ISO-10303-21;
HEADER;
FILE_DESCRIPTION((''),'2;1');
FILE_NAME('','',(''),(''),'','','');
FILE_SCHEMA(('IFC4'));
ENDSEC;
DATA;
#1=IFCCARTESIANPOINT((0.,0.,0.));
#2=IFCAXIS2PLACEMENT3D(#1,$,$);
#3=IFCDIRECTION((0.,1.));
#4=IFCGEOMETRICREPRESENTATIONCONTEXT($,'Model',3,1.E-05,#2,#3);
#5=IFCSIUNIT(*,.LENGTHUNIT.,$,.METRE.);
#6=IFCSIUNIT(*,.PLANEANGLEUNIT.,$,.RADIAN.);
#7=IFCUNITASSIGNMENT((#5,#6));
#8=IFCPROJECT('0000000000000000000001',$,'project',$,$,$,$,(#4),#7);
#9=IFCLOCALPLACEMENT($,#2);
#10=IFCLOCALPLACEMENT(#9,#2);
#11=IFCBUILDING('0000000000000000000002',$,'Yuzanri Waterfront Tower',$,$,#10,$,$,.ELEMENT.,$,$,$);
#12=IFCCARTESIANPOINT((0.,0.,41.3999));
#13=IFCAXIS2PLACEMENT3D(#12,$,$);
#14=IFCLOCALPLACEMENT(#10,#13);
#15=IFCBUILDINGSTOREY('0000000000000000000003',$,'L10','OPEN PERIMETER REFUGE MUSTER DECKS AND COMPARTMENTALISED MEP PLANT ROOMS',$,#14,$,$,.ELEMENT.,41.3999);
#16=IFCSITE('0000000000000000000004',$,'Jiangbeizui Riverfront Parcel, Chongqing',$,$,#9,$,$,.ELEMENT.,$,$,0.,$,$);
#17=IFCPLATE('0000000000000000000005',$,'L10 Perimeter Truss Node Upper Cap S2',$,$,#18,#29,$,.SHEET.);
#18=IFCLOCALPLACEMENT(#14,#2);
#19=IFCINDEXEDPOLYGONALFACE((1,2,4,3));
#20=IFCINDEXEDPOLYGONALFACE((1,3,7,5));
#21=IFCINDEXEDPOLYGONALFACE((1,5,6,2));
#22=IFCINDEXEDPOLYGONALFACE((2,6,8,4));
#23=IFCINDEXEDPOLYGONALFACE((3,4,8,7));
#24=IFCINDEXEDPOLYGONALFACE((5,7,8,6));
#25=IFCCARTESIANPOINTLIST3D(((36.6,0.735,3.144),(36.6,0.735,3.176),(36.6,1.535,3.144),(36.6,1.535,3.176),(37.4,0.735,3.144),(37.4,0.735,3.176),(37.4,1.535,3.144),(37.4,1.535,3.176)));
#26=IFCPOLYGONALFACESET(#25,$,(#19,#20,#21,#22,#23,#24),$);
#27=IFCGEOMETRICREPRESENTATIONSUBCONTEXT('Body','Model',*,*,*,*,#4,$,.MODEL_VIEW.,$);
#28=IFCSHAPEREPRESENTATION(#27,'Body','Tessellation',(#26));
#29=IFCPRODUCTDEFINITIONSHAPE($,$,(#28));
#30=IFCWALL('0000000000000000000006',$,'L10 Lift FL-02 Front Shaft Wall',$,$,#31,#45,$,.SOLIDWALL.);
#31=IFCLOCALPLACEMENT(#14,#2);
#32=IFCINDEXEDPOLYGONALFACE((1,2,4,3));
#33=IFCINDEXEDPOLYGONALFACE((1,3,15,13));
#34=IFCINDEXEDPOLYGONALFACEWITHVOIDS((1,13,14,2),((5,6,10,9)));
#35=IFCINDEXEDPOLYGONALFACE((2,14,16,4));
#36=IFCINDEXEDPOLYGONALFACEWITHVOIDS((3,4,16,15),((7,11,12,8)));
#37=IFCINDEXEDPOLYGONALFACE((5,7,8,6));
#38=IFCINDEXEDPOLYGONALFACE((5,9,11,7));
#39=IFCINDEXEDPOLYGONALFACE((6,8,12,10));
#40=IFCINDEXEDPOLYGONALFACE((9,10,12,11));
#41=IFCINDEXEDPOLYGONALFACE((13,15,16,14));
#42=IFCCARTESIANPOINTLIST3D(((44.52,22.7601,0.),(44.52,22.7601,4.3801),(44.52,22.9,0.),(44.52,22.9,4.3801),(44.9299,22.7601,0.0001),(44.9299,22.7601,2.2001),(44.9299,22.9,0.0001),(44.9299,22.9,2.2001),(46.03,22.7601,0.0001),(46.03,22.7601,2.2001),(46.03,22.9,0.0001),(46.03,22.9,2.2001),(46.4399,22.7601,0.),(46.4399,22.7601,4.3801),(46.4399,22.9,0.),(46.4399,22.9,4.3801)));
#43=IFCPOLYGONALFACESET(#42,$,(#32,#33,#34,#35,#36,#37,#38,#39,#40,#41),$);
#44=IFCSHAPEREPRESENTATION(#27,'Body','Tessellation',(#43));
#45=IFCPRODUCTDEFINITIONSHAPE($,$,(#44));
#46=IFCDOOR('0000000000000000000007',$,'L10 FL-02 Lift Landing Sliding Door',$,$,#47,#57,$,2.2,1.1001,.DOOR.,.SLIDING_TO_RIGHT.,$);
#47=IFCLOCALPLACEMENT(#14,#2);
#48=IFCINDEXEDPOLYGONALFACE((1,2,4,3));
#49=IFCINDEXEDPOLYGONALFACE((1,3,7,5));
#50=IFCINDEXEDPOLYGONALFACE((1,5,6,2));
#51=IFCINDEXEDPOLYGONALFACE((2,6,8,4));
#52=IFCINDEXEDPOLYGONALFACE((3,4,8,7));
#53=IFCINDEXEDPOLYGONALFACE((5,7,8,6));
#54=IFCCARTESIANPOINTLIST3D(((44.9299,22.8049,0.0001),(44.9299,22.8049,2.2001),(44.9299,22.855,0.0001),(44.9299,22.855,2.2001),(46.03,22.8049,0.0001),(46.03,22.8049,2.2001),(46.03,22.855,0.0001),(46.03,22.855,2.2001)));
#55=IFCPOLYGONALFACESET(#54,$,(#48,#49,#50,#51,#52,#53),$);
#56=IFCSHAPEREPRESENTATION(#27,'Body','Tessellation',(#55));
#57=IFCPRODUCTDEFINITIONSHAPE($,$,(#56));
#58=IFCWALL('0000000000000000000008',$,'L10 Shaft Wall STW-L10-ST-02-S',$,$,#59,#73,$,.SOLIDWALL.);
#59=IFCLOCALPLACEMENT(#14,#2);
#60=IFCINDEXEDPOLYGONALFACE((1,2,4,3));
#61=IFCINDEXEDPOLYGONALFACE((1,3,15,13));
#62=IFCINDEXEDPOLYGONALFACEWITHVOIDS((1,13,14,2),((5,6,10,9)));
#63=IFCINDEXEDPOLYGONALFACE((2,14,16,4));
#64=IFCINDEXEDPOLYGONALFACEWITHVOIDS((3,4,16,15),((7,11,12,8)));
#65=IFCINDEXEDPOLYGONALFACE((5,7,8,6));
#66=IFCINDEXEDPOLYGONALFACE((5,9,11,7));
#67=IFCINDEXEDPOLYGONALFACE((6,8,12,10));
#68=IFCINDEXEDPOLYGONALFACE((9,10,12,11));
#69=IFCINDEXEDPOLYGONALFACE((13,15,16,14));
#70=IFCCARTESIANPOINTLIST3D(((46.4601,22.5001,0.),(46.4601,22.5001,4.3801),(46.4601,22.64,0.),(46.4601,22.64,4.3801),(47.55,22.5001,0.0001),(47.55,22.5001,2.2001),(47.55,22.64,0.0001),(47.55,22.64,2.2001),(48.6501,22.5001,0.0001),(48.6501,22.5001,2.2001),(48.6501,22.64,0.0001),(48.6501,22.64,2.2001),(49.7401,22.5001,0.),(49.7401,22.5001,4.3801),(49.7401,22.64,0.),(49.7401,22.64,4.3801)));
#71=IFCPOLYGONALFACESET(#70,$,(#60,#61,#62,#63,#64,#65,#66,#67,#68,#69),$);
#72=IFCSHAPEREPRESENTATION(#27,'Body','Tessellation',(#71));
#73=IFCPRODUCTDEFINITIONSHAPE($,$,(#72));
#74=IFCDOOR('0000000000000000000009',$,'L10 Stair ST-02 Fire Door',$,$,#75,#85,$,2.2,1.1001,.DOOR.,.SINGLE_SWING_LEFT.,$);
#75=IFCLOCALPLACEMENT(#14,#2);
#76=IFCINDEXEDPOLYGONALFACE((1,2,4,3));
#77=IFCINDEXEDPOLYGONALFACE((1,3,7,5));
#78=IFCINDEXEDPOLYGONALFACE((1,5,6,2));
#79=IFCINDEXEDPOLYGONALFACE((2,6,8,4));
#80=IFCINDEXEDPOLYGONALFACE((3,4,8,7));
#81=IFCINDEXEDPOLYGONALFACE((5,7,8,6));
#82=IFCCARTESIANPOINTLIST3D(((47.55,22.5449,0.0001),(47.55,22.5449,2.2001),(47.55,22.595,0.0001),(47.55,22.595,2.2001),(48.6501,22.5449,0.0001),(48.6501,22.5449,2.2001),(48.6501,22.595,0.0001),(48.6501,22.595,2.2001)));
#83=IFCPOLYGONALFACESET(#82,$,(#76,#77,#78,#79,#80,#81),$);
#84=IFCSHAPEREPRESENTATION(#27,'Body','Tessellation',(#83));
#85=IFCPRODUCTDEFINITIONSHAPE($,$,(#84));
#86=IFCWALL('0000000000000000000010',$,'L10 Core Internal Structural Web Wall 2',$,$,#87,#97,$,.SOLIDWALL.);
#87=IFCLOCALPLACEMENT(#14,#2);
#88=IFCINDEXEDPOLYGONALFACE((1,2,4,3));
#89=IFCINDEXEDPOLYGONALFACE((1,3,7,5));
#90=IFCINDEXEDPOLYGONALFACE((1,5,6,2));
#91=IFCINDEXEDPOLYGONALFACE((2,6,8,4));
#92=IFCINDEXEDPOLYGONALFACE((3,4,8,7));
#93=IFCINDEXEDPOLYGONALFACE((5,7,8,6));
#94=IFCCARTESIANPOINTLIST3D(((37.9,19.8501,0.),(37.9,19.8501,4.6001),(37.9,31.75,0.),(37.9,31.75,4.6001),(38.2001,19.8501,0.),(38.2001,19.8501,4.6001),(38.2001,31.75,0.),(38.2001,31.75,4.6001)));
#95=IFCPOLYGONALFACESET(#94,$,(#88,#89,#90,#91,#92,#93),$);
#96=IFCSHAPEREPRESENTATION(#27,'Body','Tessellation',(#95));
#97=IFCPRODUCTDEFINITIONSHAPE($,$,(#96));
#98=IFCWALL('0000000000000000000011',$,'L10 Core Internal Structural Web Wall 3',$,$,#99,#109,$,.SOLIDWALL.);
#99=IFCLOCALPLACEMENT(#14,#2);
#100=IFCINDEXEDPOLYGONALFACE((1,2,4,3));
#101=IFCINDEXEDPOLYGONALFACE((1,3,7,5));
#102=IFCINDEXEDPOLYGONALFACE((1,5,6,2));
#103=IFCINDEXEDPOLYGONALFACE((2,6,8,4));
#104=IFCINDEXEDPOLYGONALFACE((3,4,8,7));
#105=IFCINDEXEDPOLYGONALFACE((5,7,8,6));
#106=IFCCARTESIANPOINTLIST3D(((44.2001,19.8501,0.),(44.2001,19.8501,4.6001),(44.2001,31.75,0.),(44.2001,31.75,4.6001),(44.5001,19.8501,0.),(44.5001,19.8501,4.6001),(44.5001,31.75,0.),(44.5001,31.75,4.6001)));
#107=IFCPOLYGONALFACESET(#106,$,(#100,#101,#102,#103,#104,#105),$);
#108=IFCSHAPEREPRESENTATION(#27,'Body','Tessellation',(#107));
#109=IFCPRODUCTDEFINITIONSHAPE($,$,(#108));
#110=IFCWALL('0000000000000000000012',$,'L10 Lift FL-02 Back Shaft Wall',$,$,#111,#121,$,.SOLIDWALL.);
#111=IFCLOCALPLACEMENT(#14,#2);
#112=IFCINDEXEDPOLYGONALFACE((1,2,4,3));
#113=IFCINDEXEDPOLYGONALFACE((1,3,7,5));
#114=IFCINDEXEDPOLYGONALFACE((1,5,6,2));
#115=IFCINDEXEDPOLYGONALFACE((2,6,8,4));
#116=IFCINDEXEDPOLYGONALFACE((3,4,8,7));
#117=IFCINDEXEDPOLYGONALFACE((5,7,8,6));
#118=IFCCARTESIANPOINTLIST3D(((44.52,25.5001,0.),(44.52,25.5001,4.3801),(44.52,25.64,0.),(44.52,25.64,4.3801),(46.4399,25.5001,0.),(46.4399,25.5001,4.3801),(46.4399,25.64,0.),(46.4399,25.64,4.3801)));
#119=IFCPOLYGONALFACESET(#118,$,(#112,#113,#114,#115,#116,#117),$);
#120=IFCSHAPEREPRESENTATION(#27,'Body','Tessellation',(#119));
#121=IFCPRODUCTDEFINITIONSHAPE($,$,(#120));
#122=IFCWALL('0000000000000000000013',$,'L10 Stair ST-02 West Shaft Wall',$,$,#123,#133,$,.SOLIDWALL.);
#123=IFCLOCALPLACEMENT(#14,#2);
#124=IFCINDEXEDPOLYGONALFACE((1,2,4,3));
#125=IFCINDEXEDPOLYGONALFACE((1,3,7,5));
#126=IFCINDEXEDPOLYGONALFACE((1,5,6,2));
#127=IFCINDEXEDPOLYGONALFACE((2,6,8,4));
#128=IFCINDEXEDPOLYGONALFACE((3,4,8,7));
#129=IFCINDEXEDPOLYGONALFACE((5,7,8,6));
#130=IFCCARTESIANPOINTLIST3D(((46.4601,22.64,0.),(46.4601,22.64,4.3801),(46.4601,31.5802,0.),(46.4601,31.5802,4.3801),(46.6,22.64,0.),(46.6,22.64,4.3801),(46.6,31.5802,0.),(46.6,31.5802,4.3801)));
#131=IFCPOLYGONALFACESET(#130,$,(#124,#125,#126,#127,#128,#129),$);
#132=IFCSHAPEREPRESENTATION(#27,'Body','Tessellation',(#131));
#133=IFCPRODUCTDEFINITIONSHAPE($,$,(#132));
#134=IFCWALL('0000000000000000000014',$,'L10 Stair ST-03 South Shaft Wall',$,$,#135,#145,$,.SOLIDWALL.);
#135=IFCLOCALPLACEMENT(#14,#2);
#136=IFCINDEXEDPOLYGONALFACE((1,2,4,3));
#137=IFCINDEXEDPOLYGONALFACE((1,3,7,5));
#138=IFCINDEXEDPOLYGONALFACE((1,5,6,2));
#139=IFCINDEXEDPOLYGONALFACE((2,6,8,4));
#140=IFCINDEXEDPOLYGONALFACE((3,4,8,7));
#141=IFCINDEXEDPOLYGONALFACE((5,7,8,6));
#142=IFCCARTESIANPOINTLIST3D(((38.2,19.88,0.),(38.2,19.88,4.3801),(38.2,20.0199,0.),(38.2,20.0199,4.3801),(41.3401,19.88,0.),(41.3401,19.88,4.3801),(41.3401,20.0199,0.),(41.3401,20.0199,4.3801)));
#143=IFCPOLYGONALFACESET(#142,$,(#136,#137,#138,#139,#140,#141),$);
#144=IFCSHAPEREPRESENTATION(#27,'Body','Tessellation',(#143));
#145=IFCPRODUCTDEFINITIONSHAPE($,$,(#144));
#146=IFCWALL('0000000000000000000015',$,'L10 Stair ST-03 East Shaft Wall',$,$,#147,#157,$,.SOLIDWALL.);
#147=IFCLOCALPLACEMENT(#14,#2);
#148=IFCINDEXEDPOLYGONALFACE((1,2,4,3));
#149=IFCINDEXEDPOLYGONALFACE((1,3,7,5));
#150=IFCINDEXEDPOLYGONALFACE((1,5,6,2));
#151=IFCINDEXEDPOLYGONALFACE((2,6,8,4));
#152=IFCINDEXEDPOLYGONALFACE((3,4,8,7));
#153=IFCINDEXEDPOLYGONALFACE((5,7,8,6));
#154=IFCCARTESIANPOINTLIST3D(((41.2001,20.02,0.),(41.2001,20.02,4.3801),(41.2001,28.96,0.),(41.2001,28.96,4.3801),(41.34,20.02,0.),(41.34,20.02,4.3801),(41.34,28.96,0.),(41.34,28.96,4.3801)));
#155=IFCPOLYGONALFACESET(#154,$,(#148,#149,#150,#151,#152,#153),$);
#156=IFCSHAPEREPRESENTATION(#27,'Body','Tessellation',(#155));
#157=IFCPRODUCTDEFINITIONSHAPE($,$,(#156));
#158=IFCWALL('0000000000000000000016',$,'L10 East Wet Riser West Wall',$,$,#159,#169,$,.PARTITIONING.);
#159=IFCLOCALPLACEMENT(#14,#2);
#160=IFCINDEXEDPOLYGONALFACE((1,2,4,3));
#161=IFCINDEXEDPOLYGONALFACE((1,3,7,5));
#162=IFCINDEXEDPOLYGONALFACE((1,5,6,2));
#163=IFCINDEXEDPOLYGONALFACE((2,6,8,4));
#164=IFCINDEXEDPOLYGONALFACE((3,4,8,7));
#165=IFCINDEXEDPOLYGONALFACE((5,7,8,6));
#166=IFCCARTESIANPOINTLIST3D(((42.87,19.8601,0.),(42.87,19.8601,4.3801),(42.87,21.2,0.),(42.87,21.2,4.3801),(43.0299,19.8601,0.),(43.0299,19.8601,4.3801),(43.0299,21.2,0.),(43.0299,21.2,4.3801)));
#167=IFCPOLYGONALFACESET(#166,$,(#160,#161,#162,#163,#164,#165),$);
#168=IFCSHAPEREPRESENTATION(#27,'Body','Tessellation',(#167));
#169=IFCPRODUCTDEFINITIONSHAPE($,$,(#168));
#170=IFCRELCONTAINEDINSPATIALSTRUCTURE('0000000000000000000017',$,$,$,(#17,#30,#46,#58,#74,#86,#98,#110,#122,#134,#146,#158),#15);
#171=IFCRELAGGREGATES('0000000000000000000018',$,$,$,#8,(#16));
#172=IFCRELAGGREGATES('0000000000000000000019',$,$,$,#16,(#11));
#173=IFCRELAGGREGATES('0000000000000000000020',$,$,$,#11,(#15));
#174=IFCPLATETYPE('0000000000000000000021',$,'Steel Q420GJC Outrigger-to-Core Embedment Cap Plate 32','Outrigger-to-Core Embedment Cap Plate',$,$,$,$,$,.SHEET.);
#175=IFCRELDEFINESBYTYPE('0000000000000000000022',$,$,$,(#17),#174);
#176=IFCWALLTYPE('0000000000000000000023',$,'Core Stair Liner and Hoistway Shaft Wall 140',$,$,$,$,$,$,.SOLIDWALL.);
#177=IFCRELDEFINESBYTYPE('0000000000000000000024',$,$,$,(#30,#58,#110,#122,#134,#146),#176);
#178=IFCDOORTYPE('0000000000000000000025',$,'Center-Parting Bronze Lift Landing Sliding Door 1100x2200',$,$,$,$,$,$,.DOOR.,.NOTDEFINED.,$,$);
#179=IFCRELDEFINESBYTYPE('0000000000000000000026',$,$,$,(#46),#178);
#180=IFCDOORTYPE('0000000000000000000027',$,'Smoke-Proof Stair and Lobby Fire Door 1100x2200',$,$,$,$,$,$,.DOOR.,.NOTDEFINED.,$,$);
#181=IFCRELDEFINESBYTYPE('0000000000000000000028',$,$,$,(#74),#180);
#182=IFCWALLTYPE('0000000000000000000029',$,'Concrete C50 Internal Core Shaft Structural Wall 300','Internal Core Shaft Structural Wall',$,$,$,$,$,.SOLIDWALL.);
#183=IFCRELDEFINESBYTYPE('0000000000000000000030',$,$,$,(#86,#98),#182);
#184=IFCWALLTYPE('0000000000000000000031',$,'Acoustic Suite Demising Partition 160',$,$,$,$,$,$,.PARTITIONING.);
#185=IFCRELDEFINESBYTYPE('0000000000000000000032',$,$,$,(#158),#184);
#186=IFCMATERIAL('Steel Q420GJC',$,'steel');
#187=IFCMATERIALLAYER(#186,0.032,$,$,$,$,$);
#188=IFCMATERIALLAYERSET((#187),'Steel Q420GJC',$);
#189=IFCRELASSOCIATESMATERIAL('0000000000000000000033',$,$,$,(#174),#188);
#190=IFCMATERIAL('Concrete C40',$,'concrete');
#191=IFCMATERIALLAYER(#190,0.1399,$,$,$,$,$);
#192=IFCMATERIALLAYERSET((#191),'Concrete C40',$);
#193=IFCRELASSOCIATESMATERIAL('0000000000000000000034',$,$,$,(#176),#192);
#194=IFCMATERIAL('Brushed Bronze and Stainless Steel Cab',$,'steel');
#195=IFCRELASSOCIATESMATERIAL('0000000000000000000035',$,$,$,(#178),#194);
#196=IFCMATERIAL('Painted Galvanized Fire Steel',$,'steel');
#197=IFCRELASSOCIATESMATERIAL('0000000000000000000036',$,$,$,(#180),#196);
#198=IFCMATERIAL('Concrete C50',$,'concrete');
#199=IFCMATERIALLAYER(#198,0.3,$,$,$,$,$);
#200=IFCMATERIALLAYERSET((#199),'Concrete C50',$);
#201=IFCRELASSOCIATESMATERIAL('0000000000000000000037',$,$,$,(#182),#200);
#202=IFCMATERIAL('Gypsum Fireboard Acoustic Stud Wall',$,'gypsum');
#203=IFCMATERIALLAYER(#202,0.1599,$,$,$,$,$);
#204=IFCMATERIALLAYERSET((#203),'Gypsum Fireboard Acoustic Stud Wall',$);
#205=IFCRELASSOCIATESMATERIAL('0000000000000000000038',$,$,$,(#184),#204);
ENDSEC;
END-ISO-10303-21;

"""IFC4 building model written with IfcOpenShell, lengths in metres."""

from ifc_helpers import new_model, si_unit, direction, frame, frame_2d, origin, origin_2d, place, context, subcontext, project, spatial, rectangle, extrude, source, transform, mapped, material, layer, layer_set, type_object, element, fill, save


model = new_model("IFC4")

# Units and contexts
model_context = context("Model", 3, precision=1e-05, world=origin(), true_north=direction((0.0, 1.0)))
body_context = subcontext(model_context, "Body", "Model", "MODEL_VIEW")
ifc_project = project(units=[si_unit("LENGTHUNIT", "METRE"), si_unit("PLANEANGLEUNIT", "RADIAN")], contexts=[model_context])

# Site, building, storey
site_placement = place(None, origin())
site = spatial("IfcSite", under=ifc_project, at=site_placement, Name="Jiangbeizui Riverfront Parcel, Chongqing", CompositionType="ELEMENT", RefElevation=0.0)
building_placement = place(site_placement, origin())
building = spatial("IfcBuilding", under=site, at=building_placement, Name="Yuzanri Waterfront Tower", CompositionType="ELEMENT")
storey_placement = place(building_placement, frame((0.0, 0.0, 41.3999)))
storey = spatial("IfcBuildingStorey", under=building, at=storey_placement, Name="L10", Description="OPEN PERIMETER REFUGE MUSTER DECKS AND COMPARTMENTALISED MEP PLANT ROOMS", CompositionType="ELEMENT", Elevation=41.3999)

# Plate
ifc_material_1 = material(Name="Steel Q420GJC", Category="steel")
ifc_layer_1 = layer(ifc_material_1, 0.032)
ifc_layer_set_1 = layer_set([ifc_layer_1], Name="Steel Q420GJC")
plate_type = type_object("IfcPlateType", Name="Steel Q420GJC Outrigger-to-Core Embedment Cap Plate 32", Description="Outrigger-to-Core Embedment Cap Plate", PredefinedType="SHEET", material=ifc_layer_set_1)
shared_shape_1 = source(origin(), body_context, "Body", "SweptSolid", [
    extrude(rectangle(XDim=0.8, YDim=0.8, at=origin_2d()), origin(), (0.0, 0.0, 1.0), 0.032),
])
for number, where, z_axis, x_axis, name in (
    (1, (37.0, 1.135, 3.144), (0.0, 0.0, 1.0), (1.0, 0.0, 0.0), "L10 Perimeter Truss Node Upper Cap S2"),
):
    element("IfcPlate", number, at=place(storey_placement, frame(where, z_axis=z_axis, x_axis=x_axis)), inside=storey, type_object=plate_type, Name=name, PredefinedType="SHEET", context=body_context, shape_type="MappedRepresentation", body=[
        mapped(shared_shape_1, transform((0.0, 0.0, 0.0), scale=1.0)),
    ])

# Walls, openings, doors
ifc_material_2 = material(Name="Concrete C40", Category="concrete")
ifc_layer_2 = layer(ifc_material_2, 0.1399)
ifc_layer_set_2 = layer_set([ifc_layer_2], Name="Concrete C40")
wall_type_1 = type_object("IfcWallType", Name="Core Stair Liner and Hoistway Shaft Wall 140", PredefinedType="SOLIDWALL", material=ifc_layer_set_2)
wall_1_placement = place(storey_placement, frame((44.52, 22.8301, 0.0), z_axis=(0.0, 0.0, 1.0), x_axis=(1.0, 0.0, 0.0)))
wall_1 = element("IfcWall", 2, at=wall_1_placement, inside=storey, type_object=wall_type_1, Name="L10 Lift FL-02 Front Shaft Wall", PredefinedType="SOLIDWALL", context=body_context, shape_type="SweptSolid", body=[
    extrude(rectangle(XDim=1.9199, YDim=0.1399, at=frame_2d((0.96, 0.0))), origin(), (0.0, 0.0, 1.0), 4.3801),
])
opening_1_placement = place(wall_1_placement, frame((0.4099, 0.0, 0.0)))
opening_1 = element("IfcOpeningElement", 3, at=opening_1_placement, cuts=wall_1, PredefinedType="OPENING", context=body_context, shape_type="SweptSolid", body=[
    extrude(rectangle(XDim=1.1001, YDim=2.2, at=frame_2d((0.55, 1.1001))), frame((0.0, 0.085, 0.0), z_axis=(0.0, -1.0, 0.0), x_axis=(1.0, 0.0, 0.0)), (0.0, 0.0, 1.0), 0.1697),
])
ifc_material_3 = material(Name="Brushed Bronze and Stainless Steel Cab", Category="steel")
door_type_1 = type_object("IfcDoorType", Name="Center-Parting Bronze Lift Landing Sliding Door 1100x2200", OperationType="NOTDEFINED", PredefinedType="DOOR", material=ifc_material_3)
shared_shape_2 = source(origin(), body_context, "Body", "SweptSolid", [
    extrude(rectangle(XDim=1.1001, YDim=2.2, at=frame_2d((0.55, 1.1001))), frame((0.0, 0.0249, 0.0), z_axis=(0.0, -1.0, 0.0), x_axis=(1.0, 0.0, 0.0)), (0.0, 0.0, 1.0), 0.05),
])
door_1_placement = place(opening_1_placement, origin())
door_1 = element("IfcDoor", 4, at=door_1_placement, inside=storey, type_object=door_type_1, Name="L10 FL-02 Lift Landing Sliding Door", OperationType="SLIDING_TO_RIGHT", OverallHeight=2.2, OverallWidth=1.1001, PredefinedType="DOOR", context=body_context, shape_type="MappedRepresentation", body=[
    mapped(shared_shape_2, transform((0.0, 0.0, 0.0), scale=1.0)),
])
fill(opening_1, door_1)
wall_2_placement = place(storey_placement, frame((46.46, 22.5701, 0.0), z_axis=(0.0, 0.0, 1.0), x_axis=(1.0, 0.0, 0.0)))
wall_2 = element("IfcWall", 5, at=wall_2_placement, inside=storey, type_object=wall_type_1, Name="L10 Shaft Wall STW-L10-ST-02-S", PredefinedType="SOLIDWALL", context=body_context, shape_type="SweptSolid", body=[
    extrude(rectangle(XDim=3.28, YDim=0.1399, at=frame_2d((1.6401, 0.0))), origin(), (0.0, 0.0, 1.0), 4.3801),
])
opening_2_placement = place(wall_2_placement, frame((1.0901, 0.0, 0.0)))
opening_2 = element("IfcOpeningElement", 6, at=opening_2_placement, cuts=wall_2, PredefinedType="OPENING", context=body_context, shape_type="SweptSolid", body=[
    extrude(rectangle(XDim=1.1001, YDim=2.2, at=frame_2d((0.55, 1.1001))), frame((0.0, 0.085, 0.0), z_axis=(0.0, -1.0, 0.0), x_axis=(1.0, 0.0, 0.0)), (0.0, 0.0, 1.0), 0.1697),
])
ifc_material_4 = material(Name="Painted Galvanized Fire Steel", Category="steel")
door_type_2 = type_object("IfcDoorType", Name="Smoke-Proof Stair and Lobby Fire Door 1100x2200", OperationType="NOTDEFINED", PredefinedType="DOOR", material=ifc_material_4)
shared_shape_3 = source(origin(), body_context, "Body", "SweptSolid", [
    extrude(rectangle(XDim=1.1001, YDim=2.2, at=frame_2d((0.55, 1.1001))), frame((0.0, 0.0249, 0.0), z_axis=(0.0, -1.0, 0.0), x_axis=(1.0, 0.0, 0.0)), (0.0, 0.0, 1.0), 0.05),
])
door_2_placement = place(opening_2_placement, origin())
door_2 = element("IfcDoor", 7, at=door_2_placement, inside=storey, type_object=door_type_2, Name="L10 Stair ST-02 Fire Door", OperationType="SINGLE_SWING_LEFT", OverallHeight=2.2, OverallWidth=1.1001, PredefinedType="DOOR", context=body_context, shape_type="MappedRepresentation", body=[
    mapped(shared_shape_3, transform((0.0, 0.0, 0.0), scale=1.0)),
])
fill(opening_2, door_2)

# Walls
ifc_material_5 = material(Name="Concrete C50", Category="concrete")
ifc_layer_3 = layer(ifc_material_5, 0.3)
ifc_layer_set_3 = layer_set([ifc_layer_3], Name="Concrete C50")
wall_type_2 = type_object("IfcWallType", Name="Concrete C50 Internal Core Shaft Structural Wall 300", Description="Internal Core Shaft Structural Wall", PredefinedType="SOLIDWALL", material=ifc_layer_set_3)
shared_shape_4 = source(origin(), body_context, "Body", "SweptSolid", [
    extrude(rectangle(XDim=11.8999, YDim=0.3, at=frame_2d((5.95, 0.0))), origin(), (0.0, 0.0, 1.0), 4.6001),
])
for number, where, z_axis, x_axis, name in (
    (8, (38.05, 19.8501, 0.0), (0.0, 0.0, 1.0), (0.0, 1.0, 0.0), "L10 Core Internal Structural Web Wall 2"),
    (9, (44.3501, 19.8501, 0.0), (0.0, 0.0, 1.0), (0.0, 1.0, 0.0), "L10 Core Internal Structural Web Wall 3"),
):
    element("IfcWall", number, at=place(storey_placement, frame(where, z_axis=z_axis, x_axis=x_axis)), inside=storey, type_object=wall_type_2, Name=name, PredefinedType="SOLIDWALL", context=body_context, shape_type="MappedRepresentation", body=[
        mapped(shared_shape_4, transform((0.0, 0.0, 0.0), scale=1.0)),
    ])
shared_shape_5 = source(origin(), body_context, "Body", "SweptSolid", [
    extrude(rectangle(XDim=1.9199, YDim=0.1399, at=frame_2d((0.96, 0.0))), origin(), (0.0, 0.0, 1.0), 4.3801),
])
wall_3_placement = place(storey_placement, frame((44.52, 25.5701, 0.0), z_axis=(0.0, 0.0, 1.0), x_axis=(1.0, 0.0, 0.0)))
element("IfcWall", 10, at=wall_3_placement, inside=storey, type_object=wall_type_1, Name="L10 Lift FL-02 Back Shaft Wall", PredefinedType="SOLIDWALL", context=body_context, shape_type="MappedRepresentation", body=[
    mapped(shared_shape_5, transform((0.0, 0.0, 0.0), scale=1.0)),
])
shared_shape_6 = source(origin(), body_context, "Body", "SweptSolid", [
    extrude(rectangle(XDim=8.9402, YDim=0.1399, at=frame_2d((4.4702, 0.0))), origin(), (0.0, 0.0, 1.0), 4.3801),
])
wall_4_placement = place(storey_placement, frame((46.53, 22.6399, 0.0), z_axis=(0.0, 0.0, 1.0), x_axis=(0.0, 1.0, 0.0)))
element("IfcWall", 11, at=wall_4_placement, inside=storey, type_object=wall_type_1, Name="L10 Stair ST-02 West Shaft Wall", PredefinedType="SOLIDWALL", context=body_context, shape_type="MappedRepresentation", body=[
    mapped(shared_shape_6, transform((0.0, 0.0, 0.0), scale=1.0)),
])
shared_shape_7 = source(origin(), body_context, "Body", "SweptSolid", [
    extrude(rectangle(XDim=3.1401, YDim=0.1399, at=frame_2d((1.5701, 0.0))), origin(), (0.0, 0.0, 1.0), 4.3801),
])
wall_5_placement = place(storey_placement, frame((38.2, 19.95, 0.0), z_axis=(0.0, 0.0, 1.0), x_axis=(1.0, 0.0, 0.0)))
element("IfcWall", 12, at=wall_5_placement, inside=storey, type_object=wall_type_1, Name="L10 Stair ST-03 South Shaft Wall", PredefinedType="SOLIDWALL", context=body_context, shape_type="MappedRepresentation", body=[
    mapped(shared_shape_7, transform((0.0, 0.0, 0.0), scale=1.0)),
])
shared_shape_8 = source(origin(), body_context, "Body", "SweptSolid", [
    extrude(rectangle(XDim=8.9399, YDim=0.1399, at=frame_2d((4.47, 0.0))), origin(), (0.0, 0.0, 1.0), 4.3801),
])
wall_6_placement = place(storey_placement, frame((41.27, 20.02, 0.0), z_axis=(0.0, 0.0, 1.0), x_axis=(0.0, 1.0, 0.0)))
element("IfcWall", 13, at=wall_6_placement, inside=storey, type_object=wall_type_1, Name="L10 Stair ST-03 East Shaft Wall", PredefinedType="SOLIDWALL", context=body_context, shape_type="MappedRepresentation", body=[
    mapped(shared_shape_8, transform((0.0, 0.0, 0.0), scale=1.0)),
])
ifc_material_6 = material(Name="Gypsum Fireboard Acoustic Stud Wall", Category="gypsum")
ifc_layer_4 = layer(ifc_material_6, 0.1599)
ifc_layer_set_4 = layer_set([ifc_layer_4], Name="Gypsum Fireboard Acoustic Stud Wall")
wall_type_3 = type_object("IfcWallType", Name="Acoustic Suite Demising Partition 160", PredefinedType="PARTITIONING", material=ifc_layer_set_4)
shared_shape_9 = source(origin(), body_context, "Body", "SweptSolid", [
    extrude(rectangle(XDim=1.3398, YDim=0.1599, at=frame_2d((0.6699, 0.0))), origin(), (0.0, 0.0, 1.0), 4.3801),
])
wall_7_placement = place(storey_placement, frame((42.95, 19.8601, 0.0), z_axis=(0.0, 0.0, 1.0), x_axis=(0.0, 1.0, 0.0)))
element("IfcWall", 14, at=wall_7_placement, inside=storey, type_object=wall_type_3, Name="L10 East Wet Riser West Wall", PredefinedType="PARTITIONING", context=body_context, shape_type="MappedRepresentation", body=[
    mapped(shared_shape_9, transform((0.0, 0.0, 0.0), scale=1.0)),
])

save(model, "model.ifc")
